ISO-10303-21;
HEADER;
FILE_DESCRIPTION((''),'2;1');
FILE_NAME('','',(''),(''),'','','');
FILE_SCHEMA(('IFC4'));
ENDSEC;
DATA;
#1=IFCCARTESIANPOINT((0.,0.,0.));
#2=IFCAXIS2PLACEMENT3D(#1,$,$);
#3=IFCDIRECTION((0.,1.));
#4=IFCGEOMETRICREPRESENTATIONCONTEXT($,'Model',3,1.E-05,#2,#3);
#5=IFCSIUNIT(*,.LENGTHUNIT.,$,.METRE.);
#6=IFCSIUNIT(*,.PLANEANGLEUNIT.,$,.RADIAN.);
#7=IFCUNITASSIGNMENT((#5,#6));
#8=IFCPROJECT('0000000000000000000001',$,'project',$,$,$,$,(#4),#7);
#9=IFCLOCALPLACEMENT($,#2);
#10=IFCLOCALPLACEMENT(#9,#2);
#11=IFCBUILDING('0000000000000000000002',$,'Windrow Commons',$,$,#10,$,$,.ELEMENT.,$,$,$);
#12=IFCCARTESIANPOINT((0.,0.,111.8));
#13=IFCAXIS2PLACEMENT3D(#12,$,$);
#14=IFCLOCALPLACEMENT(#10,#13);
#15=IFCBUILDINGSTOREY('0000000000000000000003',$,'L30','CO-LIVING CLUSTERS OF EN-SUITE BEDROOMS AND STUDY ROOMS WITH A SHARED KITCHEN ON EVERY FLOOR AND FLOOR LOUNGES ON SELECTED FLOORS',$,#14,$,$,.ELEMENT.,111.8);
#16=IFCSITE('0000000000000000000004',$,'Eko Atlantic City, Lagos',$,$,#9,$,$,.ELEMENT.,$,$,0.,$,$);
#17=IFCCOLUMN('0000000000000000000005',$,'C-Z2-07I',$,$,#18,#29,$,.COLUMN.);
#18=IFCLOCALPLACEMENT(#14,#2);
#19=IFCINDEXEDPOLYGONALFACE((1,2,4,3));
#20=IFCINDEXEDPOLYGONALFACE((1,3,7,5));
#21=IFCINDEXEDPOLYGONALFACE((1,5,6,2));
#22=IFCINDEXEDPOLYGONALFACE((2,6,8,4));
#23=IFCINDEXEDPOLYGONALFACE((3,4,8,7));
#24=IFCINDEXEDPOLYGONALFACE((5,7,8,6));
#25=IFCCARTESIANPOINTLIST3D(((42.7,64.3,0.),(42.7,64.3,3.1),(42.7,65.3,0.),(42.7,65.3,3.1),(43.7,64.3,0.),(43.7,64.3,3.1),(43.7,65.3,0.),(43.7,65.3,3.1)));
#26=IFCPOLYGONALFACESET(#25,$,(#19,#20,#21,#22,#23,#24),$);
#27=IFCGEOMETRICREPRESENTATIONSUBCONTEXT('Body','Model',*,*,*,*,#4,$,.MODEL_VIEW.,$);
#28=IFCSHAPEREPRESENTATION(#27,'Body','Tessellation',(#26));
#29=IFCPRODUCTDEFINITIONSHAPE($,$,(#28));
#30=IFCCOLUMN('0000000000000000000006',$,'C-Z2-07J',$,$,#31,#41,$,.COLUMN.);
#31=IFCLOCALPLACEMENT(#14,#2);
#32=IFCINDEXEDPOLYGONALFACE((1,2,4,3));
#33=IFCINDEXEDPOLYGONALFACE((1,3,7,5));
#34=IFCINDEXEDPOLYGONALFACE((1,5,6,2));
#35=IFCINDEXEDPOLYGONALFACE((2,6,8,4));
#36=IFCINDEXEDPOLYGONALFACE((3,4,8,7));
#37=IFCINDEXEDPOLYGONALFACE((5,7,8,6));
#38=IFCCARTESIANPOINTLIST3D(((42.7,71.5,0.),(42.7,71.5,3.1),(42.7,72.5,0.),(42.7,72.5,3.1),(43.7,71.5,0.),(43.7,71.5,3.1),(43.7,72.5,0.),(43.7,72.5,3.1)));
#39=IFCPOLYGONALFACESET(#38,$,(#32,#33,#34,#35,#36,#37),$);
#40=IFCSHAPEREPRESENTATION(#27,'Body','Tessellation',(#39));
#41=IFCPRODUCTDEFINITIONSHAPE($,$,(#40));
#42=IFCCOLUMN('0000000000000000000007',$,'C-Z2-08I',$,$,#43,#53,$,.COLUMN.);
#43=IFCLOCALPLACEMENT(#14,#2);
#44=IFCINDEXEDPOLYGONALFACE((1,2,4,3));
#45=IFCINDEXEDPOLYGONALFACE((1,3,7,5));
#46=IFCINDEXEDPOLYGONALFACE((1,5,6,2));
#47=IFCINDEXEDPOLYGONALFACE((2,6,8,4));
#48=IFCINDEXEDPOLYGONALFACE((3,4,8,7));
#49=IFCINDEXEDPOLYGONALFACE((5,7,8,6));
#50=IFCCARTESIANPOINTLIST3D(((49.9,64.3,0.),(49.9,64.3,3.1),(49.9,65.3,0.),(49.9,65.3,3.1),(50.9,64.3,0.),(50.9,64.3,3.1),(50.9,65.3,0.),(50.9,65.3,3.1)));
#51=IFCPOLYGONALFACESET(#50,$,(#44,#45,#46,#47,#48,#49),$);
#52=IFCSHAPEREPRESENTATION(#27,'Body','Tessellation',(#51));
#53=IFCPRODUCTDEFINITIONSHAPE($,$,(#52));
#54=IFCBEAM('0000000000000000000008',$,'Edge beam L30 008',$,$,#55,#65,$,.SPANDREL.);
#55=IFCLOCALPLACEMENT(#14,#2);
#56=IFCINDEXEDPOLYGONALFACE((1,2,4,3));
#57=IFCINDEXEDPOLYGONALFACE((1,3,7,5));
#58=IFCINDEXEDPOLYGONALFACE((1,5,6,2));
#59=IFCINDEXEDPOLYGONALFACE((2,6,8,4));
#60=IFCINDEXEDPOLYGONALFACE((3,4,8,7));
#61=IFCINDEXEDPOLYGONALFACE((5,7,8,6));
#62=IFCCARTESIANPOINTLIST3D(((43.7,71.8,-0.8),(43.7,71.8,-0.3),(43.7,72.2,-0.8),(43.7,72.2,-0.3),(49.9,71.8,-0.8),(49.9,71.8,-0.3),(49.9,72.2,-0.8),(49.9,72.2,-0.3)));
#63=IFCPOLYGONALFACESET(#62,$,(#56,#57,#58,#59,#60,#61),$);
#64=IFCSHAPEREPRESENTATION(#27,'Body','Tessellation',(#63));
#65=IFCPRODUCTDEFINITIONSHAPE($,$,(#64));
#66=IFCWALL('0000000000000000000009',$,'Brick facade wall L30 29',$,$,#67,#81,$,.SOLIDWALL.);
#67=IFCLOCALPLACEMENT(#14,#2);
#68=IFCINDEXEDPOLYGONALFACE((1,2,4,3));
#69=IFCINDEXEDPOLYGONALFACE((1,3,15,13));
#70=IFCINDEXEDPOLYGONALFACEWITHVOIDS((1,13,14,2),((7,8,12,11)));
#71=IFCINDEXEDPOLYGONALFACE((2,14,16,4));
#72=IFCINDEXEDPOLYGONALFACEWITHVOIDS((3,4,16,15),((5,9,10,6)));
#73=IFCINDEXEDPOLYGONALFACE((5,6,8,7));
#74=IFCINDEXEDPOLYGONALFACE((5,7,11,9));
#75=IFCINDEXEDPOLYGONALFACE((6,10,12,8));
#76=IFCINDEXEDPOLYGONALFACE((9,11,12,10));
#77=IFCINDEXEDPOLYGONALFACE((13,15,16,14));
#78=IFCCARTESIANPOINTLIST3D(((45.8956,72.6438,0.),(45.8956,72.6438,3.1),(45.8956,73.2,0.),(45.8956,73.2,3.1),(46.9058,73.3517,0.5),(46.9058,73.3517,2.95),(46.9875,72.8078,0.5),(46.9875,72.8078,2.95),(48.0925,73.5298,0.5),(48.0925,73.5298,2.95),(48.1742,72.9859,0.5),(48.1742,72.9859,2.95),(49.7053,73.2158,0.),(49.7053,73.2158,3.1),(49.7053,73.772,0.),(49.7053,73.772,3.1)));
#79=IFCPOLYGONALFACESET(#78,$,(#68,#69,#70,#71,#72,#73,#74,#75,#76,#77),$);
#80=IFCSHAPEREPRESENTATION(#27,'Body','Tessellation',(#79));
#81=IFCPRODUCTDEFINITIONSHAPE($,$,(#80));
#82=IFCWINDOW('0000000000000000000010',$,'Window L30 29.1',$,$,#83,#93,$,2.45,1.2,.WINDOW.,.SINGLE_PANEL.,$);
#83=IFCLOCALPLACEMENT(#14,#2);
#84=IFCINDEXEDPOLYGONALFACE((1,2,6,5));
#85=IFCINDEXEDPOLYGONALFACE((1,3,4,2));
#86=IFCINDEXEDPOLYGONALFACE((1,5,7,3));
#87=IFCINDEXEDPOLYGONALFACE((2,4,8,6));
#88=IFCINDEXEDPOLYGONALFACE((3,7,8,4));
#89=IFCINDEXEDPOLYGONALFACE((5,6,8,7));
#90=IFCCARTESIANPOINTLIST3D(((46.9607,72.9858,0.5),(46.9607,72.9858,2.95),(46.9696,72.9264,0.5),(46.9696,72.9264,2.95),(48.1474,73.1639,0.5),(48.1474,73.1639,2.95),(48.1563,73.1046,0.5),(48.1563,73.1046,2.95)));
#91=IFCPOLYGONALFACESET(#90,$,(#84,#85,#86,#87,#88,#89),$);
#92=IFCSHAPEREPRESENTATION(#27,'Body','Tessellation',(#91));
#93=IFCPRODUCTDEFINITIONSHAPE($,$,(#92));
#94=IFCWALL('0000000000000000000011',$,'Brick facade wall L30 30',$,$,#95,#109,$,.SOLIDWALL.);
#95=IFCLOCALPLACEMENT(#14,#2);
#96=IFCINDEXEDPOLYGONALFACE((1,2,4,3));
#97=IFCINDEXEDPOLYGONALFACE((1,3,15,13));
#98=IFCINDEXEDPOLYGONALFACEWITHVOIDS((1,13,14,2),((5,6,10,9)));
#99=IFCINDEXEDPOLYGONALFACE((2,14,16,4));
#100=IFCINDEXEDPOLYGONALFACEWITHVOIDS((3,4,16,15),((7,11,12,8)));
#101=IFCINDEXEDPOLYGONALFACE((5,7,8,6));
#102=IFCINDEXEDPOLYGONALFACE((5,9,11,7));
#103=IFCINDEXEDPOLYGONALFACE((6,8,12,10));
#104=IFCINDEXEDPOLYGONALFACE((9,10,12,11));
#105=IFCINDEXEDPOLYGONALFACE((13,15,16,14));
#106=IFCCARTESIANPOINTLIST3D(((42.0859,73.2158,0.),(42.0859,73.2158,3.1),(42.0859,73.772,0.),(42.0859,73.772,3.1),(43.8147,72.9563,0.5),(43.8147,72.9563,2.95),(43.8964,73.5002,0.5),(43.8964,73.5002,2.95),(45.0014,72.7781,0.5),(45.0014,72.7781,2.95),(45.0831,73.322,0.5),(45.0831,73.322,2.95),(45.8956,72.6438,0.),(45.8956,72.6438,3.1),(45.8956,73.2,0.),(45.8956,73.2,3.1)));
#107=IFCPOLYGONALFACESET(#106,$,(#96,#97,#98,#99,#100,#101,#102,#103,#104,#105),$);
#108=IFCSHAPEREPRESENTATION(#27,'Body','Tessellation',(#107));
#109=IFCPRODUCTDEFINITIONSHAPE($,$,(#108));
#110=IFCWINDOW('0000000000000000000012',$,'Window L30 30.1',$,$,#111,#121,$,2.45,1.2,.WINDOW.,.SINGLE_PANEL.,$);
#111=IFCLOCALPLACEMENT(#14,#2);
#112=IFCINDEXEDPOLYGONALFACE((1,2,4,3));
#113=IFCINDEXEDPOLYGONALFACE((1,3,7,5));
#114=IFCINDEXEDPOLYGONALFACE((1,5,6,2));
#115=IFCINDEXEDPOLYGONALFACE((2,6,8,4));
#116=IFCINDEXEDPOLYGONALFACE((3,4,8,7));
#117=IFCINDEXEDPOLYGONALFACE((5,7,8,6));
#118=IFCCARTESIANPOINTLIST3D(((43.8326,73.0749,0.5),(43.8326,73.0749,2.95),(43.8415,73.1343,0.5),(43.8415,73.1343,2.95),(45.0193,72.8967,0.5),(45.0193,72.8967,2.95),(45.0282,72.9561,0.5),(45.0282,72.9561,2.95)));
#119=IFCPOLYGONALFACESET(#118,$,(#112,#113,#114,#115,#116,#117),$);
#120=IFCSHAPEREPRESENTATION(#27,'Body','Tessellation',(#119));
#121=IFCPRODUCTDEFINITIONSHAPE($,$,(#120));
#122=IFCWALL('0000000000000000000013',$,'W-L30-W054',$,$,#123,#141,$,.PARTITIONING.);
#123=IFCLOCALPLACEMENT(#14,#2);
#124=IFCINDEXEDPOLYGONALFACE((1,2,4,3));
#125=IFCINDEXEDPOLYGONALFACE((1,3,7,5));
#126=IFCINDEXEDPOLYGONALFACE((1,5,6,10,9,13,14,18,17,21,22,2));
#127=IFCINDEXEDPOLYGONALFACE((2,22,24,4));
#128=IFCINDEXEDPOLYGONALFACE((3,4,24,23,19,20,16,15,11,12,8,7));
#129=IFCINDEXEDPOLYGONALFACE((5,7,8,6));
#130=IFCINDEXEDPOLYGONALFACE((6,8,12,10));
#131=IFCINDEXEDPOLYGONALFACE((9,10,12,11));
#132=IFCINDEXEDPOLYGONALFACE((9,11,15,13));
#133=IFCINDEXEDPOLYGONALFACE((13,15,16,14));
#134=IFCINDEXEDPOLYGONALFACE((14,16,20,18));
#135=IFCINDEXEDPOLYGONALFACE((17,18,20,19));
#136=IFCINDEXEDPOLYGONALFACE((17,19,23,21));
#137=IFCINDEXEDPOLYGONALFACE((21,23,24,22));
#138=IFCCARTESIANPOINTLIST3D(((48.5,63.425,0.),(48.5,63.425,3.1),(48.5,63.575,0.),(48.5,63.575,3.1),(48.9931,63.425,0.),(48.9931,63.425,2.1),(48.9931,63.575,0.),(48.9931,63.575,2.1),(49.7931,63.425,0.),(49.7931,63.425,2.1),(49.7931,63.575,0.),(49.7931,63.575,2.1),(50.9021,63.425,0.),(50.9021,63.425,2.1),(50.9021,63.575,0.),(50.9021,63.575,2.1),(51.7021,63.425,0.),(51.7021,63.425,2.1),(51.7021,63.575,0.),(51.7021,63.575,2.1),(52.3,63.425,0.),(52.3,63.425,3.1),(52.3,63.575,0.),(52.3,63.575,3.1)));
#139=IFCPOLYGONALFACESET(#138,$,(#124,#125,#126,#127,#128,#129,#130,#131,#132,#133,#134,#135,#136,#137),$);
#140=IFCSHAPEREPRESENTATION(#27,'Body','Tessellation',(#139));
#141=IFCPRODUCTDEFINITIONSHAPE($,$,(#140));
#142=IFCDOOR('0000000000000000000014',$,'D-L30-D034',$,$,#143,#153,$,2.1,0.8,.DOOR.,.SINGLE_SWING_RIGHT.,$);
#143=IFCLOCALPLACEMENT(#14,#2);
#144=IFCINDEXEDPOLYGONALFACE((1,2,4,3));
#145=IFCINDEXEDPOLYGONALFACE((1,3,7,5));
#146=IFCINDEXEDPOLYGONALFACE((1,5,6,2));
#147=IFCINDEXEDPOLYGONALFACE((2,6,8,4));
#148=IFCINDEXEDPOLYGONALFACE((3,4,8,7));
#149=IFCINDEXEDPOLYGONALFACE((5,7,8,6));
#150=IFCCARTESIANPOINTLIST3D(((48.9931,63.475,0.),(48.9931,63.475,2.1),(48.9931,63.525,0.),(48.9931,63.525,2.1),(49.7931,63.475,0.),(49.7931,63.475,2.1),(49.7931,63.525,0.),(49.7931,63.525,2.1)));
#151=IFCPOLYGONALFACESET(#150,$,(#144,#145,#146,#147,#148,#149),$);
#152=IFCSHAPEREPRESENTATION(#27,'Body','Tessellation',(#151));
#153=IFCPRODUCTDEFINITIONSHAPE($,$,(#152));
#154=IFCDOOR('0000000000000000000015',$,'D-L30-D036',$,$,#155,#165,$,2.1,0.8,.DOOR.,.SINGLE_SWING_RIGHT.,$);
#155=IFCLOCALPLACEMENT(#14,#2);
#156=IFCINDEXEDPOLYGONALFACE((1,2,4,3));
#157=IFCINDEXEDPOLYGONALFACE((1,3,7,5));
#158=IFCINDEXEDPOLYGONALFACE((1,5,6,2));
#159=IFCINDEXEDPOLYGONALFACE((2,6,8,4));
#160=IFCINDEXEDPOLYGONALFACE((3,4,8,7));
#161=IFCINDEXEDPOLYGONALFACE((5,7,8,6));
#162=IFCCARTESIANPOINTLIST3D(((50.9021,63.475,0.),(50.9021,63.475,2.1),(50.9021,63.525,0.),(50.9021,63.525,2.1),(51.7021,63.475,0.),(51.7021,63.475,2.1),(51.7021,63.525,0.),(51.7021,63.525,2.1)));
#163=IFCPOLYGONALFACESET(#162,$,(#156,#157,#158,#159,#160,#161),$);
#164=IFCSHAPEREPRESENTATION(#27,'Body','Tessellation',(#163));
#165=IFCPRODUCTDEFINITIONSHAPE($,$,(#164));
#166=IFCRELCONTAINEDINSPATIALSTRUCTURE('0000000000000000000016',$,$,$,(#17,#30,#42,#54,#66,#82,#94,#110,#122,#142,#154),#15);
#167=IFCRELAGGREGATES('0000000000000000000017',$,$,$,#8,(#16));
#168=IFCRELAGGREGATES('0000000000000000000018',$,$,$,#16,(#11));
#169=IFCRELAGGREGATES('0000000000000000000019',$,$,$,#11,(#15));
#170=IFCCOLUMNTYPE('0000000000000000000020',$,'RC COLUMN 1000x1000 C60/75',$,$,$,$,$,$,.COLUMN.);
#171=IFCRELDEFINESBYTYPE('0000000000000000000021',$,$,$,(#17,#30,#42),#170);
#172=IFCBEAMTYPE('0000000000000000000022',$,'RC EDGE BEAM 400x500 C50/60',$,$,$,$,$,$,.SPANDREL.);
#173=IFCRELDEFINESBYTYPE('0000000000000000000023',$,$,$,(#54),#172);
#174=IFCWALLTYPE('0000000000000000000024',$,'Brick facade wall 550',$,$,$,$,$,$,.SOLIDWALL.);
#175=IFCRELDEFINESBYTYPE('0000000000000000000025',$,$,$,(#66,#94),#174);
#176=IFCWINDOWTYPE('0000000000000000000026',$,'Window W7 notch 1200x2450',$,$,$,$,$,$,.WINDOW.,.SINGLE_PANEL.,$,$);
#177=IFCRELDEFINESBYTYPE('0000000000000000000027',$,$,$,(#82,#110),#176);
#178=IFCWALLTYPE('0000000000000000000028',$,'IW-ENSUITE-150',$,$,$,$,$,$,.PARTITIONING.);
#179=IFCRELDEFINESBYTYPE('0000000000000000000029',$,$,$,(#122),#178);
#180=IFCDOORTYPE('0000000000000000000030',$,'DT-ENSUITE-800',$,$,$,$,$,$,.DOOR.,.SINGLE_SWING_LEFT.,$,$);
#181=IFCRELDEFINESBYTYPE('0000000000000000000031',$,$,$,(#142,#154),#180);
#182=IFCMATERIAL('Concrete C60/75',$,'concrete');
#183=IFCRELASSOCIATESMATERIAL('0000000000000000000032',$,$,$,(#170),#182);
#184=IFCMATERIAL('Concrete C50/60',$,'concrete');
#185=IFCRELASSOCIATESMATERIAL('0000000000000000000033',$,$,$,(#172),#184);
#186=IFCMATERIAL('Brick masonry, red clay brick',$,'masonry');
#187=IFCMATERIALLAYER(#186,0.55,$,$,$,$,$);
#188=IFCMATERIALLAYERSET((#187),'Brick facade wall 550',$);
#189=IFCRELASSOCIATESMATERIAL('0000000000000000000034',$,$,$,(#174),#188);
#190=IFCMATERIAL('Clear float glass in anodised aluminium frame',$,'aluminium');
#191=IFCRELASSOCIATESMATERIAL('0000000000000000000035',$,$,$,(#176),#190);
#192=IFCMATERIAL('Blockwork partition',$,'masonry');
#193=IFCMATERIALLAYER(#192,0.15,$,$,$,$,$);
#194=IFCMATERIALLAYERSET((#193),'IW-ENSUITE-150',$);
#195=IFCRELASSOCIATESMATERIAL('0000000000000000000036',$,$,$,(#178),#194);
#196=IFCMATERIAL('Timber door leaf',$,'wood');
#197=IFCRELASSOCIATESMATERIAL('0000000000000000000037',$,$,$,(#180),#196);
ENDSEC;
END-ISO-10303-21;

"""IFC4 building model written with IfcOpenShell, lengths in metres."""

from ifc_helpers import new_model, si_unit, direction, frame, frame_2d, origin, origin_2d, place, context, subcontext, project, spatial, polyline, rectangle, outline, extrude, material, layer, layer_set, material_profile, profile_set, type_object, element, fill, save


model = new_model("IFC4")

# Units and contexts
model_context = context("Model", 3, precision=1e-05, world=origin(), true_north=direction((0.0, 1.0)))
body_context = subcontext(model_context, "Body", "Model", "MODEL_VIEW")
ifc_project = project(units=[si_unit("LENGTHUNIT", "METRE"), si_unit("PLANEANGLEUNIT", "RADIAN")], contexts=[model_context])

# Site, building, storey
site_placement = place(None, origin())
site = spatial("IfcSite", under=ifc_project, at=site_placement, Name="Eko Atlantic City, Lagos", CompositionType="ELEMENT", RefElevation=0.0)
building_placement = place(site_placement, origin())
building = spatial("IfcBuilding", under=site, at=building_placement, Name="Windrow Commons", CompositionType="ELEMENT")
storey_placement = place(building_placement, frame((0.0, 0.0, 111.8)))
storey = spatial("IfcBuildingStorey", under=building, at=storey_placement, Name="L30", Description="CO-LIVING CLUSTERS OF EN-SUITE BEDROOMS AND STUDY ROOMS WITH A SHARED KITCHEN ON EVERY FLOOR AND FLOOR LOUNGES ON SELECTED FLOORS", CompositionType="ELEMENT", Elevation=111.8)

# Columns
ifc_material_1 = material(Name="Concrete C60/75", Category="concrete")
ifc_material_profile_1 = material_profile(ifc_material_1, rectangle(XDim=1.0, YDim=1.0, at=origin_2d()))
ifc_profile_set_1 = profile_set([ifc_material_profile_1], Name="Concrete C60/75")
column_type = type_object("IfcColumnType", Name="RC COLUMN 1000x1000 C60/75", PredefinedType="COLUMN", material=ifc_profile_set_1)
for number, where, z_axis, x_axis, name in (
    (1, (43.2, 64.8, 0.0), (0.0, 0.0, 1.0), (1.0, 0.0, 0.0), "C-Z2-07I"),
    (2, (43.2, 72.0, 0.0), (0.0, 0.0, 1.0), (1.0, 0.0, 0.0), "C-Z2-07J"),
    (3, (50.4, 64.8, 0.0), (0.0, 0.0, 1.0), (1.0, 0.0, 0.0), "C-Z2-08I"),
):
    element("IfcColumn", number, at=place(storey_placement, frame(where, z_axis=z_axis, x_axis=x_axis)), inside=storey, type_object=column_type, Name=name, PredefinedType="COLUMN", context=body_context, shape_type="SweptSolid", body=[
        extrude(rectangle(XDim=1.0, YDim=1.0, at=origin_2d()), origin(), (0.0, 0.0, 1.0), 3.1),
    ])

# Beam
ifc_material_2 = material(Name="Concrete C50/60", Category="concrete")
ifc_material_profile_2 = material_profile(ifc_material_2, rectangle(XDim=0.4, YDim=0.5, at=origin_2d()))
ifc_profile_set_2 = profile_set([ifc_material_profile_2], Name="Concrete C50/60")
beam_type = type_object("IfcBeamType", Name="RC EDGE BEAM 400x500 C50/60", PredefinedType="SPANDREL", material=ifc_profile_set_2)
beam_placement = place(storey_placement, frame((43.7, 72.0, -0.55), z_axis=(1.0, 0.0, 0.0), x_axis=(0.0, 1.0, 0.0)))
element("IfcBeam", 4, at=beam_placement, inside=storey, type_object=beam_type, Name="Edge beam L30 008", PredefinedType="SPANDREL", context=body_context, shape_type="SweptSolid", body=[
    extrude(rectangle(XDim=0.4, YDim=0.5, at=origin_2d()), origin(), (0.0, 0.0, 1.0), 6.2),
])

# Walls, openings, windows
ifc_material_3 = material(Name="Brick masonry, red clay brick", Category="masonry")
ifc_layer_1 = layer(ifc_material_3, 0.55)
ifc_layer_set_1 = layer_set([ifc_layer_1], Name="Brick facade wall 550")
wall_type_1 = type_object("IfcWallType", Name="Brick facade wall 550", PredefinedType="SOLIDWALL", material=ifc_layer_set_1)
wall_1_placement = place(storey_placement, frame((49.7053, 73.4939, 0.0), z_axis=(0.0, 0.0, 1.0), x_axis=(-0.988916, -0.148479, 0.0)))
wall_1 = element("IfcWall", 5, at=wall_1_placement, inside=storey, type_object=wall_type_1, Name="Brick facade wall L30 29", PredefinedType="SOLIDWALL", context=body_context, shape_type="SweptSolid", body=[
    extrude(outline(polyline([(-0.0413, -0.275), (3.8111, -0.275), (3.8937, 0.275), (0.0413, 0.275), (-0.0413, -0.275)])), origin(), (0.0, 0.0, 1.0), 3.1),
])
opening_1_placement = place(wall_1_placement, frame((1.5896, 0.0, 0.5)))
opening_1 = element("IfcOpeningElement", 6, at=opening_1_placement, cuts=wall_1, PredefinedType="OPENING", context=body_context, shape_type="SweptSolid", body=[
    extrude(rectangle(XDim=1.2, YDim=2.45, at=frame_2d((0.6, 1.225))), frame((0.0, 0.285, 0.0), z_axis=(0.0, -1.0, 0.0), x_axis=(1.0, 0.0, 0.0)), (0.0, 0.0, 1.0), 0.57),
])
ifc_material_4 = material(Name="Clear float glass in anodised aluminium frame", Category="aluminium")
window_type = type_object("IfcWindowType", Name="Window W7 notch 1200x2450", PartitioningType="SINGLE_PANEL", PredefinedType="WINDOW", material=ifc_material_4)
window_1_placement = place(opening_1_placement, origin())
window_1 = element("IfcWindow", 7, at=window_1_placement, inside=storey, type_object=window_type, Name="Window L30 29.1", OverallHeight=2.45, OverallWidth=1.2, PartitioningType="SINGLE_PANEL", PredefinedType="WINDOW", context=body_context, shape_type="SweptSolid", body=[
    extrude(rectangle(XDim=1.2, YDim=2.45, at=frame_2d((0.6, 1.225))), frame((0.0, 0.155, 0.0), z_axis=(0.0, -1.0, 0.0), x_axis=(1.0, 0.0, 0.0)), (0.0, 0.0, 1.0), 0.06),
])
fill(opening_1, window_1)
wall_2_placement = place(storey_placement, frame((45.8956, 72.9219, 0.0), z_axis=(0.0, 0.0, 1.0), x_axis=(-0.988915, 0.148483, 0.0)))
wall_2 = element("IfcWall", 8, at=wall_2_placement, inside=storey, type_object=wall_type_1, Name="Brick facade wall L30 30", PredefinedType="SOLIDWALL", context=body_context, shape_type="SweptSolid", body=[
    extrude(outline(polyline([(0.0413, -0.275), (3.8937, -0.275), (3.8111, 0.275), (-0.0413, 0.275), (0.0413, -0.275)])), origin(), (0.0, 0.0, 1.0), 3.1),
])
opening_2_placement = place(wall_2_placement, frame((0.8629, 0.0, 0.5)))
opening_2 = element("IfcOpeningElement", 9, at=opening_2_placement, cuts=wall_2, PredefinedType="OPENING", context=body_context, shape_type="SweptSolid", body=[
    extrude(rectangle(XDim=1.2, YDim=2.45, at=frame_2d((0.6, 1.225))), frame((0.0, 0.285, 0.0), z_axis=(0.0, -1.0, 0.0), x_axis=(1.0, 0.0, 0.0)), (0.0, 0.0, 1.0), 0.57),
])
window_2_placement = place(opening_2_placement, origin())
window_2 = element("IfcWindow", 10, at=window_2_placement, inside=storey, type_object=window_type, Name="Window L30 30.1", OverallHeight=2.45, OverallWidth=1.2, PartitioningType="SINGLE_PANEL", PredefinedType="WINDOW", context=body_context, shape_type="SweptSolid", body=[
    extrude(rectangle(XDim=1.2, YDim=2.45, at=frame_2d((0.6, 1.225))), frame((0.0, 0.155, 0.0), z_axis=(0.0, -1.0, 0.0), x_axis=(1.0, 0.0, 0.0)), (0.0, 0.0, 1.0), 0.06),
])
fill(opening_2, window_2)

# Wall, openings, doors
ifc_material_5 = material(Name="Blockwork partition", Category="masonry")
ifc_layer_2 = layer(ifc_material_5, 0.15)
ifc_layer_set_2 = layer_set([ifc_layer_2], Name="IW-ENSUITE-150")
wall_type_2 = type_object("IfcWallType", Name="IW-ENSUITE-150", PredefinedType="PARTITIONING", material=ifc_layer_set_2)
wall_3_placement = place(storey_placement, frame((48.5, 63.5, 0.0), z_axis=(0.0, 0.0, 1.0), x_axis=(1.0, 0.0, 0.0)))
wall_3 = element("IfcWall", 11, at=wall_3_placement, inside=storey, type_object=wall_type_2, Name="W-L30-W054", PredefinedType="PARTITIONING", context=body_context, shape_type="SweptSolid", body=[
    extrude(rectangle(XDim=3.8, YDim=0.15, at=frame_2d((1.9, 0.0))), origin(), (0.0, 0.0, 1.0), 3.1),
])
opening_3_placement = place(wall_3_placement, frame((0.4931, 0.0, 0.0)))
opening_3 = element("IfcOpeningElement", 12, at=opening_3_placement, cuts=wall_3, PredefinedType="OPENING", context=body_context, shape_type="SweptSolid", body=[
    extrude(rectangle(XDim=0.8, YDim=2.1, at=frame_2d((0.4, 1.05))), frame((0.0, 0.085, 0.0), z_axis=(0.0, -1.0, 0.0), x_axis=(1.0, 0.0, 0.0)), (0.0, 0.0, 1.0), 0.17),
])
opening_4_placement = place(wall_3_placement, frame((2.4021, 0.0, 0.0)))
opening_4 = element("IfcOpeningElement", 13, at=opening_4_placement, cuts=wall_3, PredefinedType="OPENING", context=body_context, shape_type="SweptSolid", body=[
    extrude(rectangle(XDim=0.8, YDim=2.1, at=frame_2d((0.4, 1.05))), frame((0.0, 0.085, 0.0), z_axis=(0.0, -1.0, 0.0), x_axis=(1.0, 0.0, 0.0)), (0.0, 0.0, 1.0), 0.17),
])
ifc_material_6 = material(Name="Timber door leaf", Category="wood")
door_type = type_object("IfcDoorType", Name="DT-ENSUITE-800", OperationType="SINGLE_SWING_LEFT", PredefinedType="DOOR", material=ifc_material_6)
door_1_placement = place(opening_3_placement, origin())
door_1 = element("IfcDoor", 14, at=door_1_placement, inside=storey, type_object=door_type, Name="D-L30-D034", OperationType="SINGLE_SWING_RIGHT", OverallHeight=2.1, OverallWidth=0.8, PredefinedType="DOOR", context=body_context, shape_type="SweptSolid", body=[
    extrude(rectangle(XDim=0.8, YDim=2.1, at=frame_2d((0.4, 1.05))), frame((0.0, 0.025, 0.0), z_axis=(0.0, -1.0, 0.0), x_axis=(1.0, 0.0, 0.0)), (0.0, 0.0, 1.0), 0.05),
])
fill(opening_3, door_1)
door_2_placement = place(opening_4_placement, origin())
door_2 = element("IfcDoor", 15, at=door_2_placement, inside=storey, type_object=door_type, Name="D-L30-D036", OperationType="SINGLE_SWING_RIGHT", OverallHeight=2.1, OverallWidth=0.8, PredefinedType="DOOR", context=body_context, shape_type="SweptSolid", body=[
    extrude(rectangle(XDim=0.8, YDim=2.1, at=frame_2d((0.4, 1.05))), frame((0.0, 0.025, 0.0), z_axis=(0.0, -1.0, 0.0), x_axis=(1.0, 0.0, 0.0)), (0.0, 0.0, 1.0), 0.05),
])
fill(opening_4, door_2)

save(model, "model.ifc")
